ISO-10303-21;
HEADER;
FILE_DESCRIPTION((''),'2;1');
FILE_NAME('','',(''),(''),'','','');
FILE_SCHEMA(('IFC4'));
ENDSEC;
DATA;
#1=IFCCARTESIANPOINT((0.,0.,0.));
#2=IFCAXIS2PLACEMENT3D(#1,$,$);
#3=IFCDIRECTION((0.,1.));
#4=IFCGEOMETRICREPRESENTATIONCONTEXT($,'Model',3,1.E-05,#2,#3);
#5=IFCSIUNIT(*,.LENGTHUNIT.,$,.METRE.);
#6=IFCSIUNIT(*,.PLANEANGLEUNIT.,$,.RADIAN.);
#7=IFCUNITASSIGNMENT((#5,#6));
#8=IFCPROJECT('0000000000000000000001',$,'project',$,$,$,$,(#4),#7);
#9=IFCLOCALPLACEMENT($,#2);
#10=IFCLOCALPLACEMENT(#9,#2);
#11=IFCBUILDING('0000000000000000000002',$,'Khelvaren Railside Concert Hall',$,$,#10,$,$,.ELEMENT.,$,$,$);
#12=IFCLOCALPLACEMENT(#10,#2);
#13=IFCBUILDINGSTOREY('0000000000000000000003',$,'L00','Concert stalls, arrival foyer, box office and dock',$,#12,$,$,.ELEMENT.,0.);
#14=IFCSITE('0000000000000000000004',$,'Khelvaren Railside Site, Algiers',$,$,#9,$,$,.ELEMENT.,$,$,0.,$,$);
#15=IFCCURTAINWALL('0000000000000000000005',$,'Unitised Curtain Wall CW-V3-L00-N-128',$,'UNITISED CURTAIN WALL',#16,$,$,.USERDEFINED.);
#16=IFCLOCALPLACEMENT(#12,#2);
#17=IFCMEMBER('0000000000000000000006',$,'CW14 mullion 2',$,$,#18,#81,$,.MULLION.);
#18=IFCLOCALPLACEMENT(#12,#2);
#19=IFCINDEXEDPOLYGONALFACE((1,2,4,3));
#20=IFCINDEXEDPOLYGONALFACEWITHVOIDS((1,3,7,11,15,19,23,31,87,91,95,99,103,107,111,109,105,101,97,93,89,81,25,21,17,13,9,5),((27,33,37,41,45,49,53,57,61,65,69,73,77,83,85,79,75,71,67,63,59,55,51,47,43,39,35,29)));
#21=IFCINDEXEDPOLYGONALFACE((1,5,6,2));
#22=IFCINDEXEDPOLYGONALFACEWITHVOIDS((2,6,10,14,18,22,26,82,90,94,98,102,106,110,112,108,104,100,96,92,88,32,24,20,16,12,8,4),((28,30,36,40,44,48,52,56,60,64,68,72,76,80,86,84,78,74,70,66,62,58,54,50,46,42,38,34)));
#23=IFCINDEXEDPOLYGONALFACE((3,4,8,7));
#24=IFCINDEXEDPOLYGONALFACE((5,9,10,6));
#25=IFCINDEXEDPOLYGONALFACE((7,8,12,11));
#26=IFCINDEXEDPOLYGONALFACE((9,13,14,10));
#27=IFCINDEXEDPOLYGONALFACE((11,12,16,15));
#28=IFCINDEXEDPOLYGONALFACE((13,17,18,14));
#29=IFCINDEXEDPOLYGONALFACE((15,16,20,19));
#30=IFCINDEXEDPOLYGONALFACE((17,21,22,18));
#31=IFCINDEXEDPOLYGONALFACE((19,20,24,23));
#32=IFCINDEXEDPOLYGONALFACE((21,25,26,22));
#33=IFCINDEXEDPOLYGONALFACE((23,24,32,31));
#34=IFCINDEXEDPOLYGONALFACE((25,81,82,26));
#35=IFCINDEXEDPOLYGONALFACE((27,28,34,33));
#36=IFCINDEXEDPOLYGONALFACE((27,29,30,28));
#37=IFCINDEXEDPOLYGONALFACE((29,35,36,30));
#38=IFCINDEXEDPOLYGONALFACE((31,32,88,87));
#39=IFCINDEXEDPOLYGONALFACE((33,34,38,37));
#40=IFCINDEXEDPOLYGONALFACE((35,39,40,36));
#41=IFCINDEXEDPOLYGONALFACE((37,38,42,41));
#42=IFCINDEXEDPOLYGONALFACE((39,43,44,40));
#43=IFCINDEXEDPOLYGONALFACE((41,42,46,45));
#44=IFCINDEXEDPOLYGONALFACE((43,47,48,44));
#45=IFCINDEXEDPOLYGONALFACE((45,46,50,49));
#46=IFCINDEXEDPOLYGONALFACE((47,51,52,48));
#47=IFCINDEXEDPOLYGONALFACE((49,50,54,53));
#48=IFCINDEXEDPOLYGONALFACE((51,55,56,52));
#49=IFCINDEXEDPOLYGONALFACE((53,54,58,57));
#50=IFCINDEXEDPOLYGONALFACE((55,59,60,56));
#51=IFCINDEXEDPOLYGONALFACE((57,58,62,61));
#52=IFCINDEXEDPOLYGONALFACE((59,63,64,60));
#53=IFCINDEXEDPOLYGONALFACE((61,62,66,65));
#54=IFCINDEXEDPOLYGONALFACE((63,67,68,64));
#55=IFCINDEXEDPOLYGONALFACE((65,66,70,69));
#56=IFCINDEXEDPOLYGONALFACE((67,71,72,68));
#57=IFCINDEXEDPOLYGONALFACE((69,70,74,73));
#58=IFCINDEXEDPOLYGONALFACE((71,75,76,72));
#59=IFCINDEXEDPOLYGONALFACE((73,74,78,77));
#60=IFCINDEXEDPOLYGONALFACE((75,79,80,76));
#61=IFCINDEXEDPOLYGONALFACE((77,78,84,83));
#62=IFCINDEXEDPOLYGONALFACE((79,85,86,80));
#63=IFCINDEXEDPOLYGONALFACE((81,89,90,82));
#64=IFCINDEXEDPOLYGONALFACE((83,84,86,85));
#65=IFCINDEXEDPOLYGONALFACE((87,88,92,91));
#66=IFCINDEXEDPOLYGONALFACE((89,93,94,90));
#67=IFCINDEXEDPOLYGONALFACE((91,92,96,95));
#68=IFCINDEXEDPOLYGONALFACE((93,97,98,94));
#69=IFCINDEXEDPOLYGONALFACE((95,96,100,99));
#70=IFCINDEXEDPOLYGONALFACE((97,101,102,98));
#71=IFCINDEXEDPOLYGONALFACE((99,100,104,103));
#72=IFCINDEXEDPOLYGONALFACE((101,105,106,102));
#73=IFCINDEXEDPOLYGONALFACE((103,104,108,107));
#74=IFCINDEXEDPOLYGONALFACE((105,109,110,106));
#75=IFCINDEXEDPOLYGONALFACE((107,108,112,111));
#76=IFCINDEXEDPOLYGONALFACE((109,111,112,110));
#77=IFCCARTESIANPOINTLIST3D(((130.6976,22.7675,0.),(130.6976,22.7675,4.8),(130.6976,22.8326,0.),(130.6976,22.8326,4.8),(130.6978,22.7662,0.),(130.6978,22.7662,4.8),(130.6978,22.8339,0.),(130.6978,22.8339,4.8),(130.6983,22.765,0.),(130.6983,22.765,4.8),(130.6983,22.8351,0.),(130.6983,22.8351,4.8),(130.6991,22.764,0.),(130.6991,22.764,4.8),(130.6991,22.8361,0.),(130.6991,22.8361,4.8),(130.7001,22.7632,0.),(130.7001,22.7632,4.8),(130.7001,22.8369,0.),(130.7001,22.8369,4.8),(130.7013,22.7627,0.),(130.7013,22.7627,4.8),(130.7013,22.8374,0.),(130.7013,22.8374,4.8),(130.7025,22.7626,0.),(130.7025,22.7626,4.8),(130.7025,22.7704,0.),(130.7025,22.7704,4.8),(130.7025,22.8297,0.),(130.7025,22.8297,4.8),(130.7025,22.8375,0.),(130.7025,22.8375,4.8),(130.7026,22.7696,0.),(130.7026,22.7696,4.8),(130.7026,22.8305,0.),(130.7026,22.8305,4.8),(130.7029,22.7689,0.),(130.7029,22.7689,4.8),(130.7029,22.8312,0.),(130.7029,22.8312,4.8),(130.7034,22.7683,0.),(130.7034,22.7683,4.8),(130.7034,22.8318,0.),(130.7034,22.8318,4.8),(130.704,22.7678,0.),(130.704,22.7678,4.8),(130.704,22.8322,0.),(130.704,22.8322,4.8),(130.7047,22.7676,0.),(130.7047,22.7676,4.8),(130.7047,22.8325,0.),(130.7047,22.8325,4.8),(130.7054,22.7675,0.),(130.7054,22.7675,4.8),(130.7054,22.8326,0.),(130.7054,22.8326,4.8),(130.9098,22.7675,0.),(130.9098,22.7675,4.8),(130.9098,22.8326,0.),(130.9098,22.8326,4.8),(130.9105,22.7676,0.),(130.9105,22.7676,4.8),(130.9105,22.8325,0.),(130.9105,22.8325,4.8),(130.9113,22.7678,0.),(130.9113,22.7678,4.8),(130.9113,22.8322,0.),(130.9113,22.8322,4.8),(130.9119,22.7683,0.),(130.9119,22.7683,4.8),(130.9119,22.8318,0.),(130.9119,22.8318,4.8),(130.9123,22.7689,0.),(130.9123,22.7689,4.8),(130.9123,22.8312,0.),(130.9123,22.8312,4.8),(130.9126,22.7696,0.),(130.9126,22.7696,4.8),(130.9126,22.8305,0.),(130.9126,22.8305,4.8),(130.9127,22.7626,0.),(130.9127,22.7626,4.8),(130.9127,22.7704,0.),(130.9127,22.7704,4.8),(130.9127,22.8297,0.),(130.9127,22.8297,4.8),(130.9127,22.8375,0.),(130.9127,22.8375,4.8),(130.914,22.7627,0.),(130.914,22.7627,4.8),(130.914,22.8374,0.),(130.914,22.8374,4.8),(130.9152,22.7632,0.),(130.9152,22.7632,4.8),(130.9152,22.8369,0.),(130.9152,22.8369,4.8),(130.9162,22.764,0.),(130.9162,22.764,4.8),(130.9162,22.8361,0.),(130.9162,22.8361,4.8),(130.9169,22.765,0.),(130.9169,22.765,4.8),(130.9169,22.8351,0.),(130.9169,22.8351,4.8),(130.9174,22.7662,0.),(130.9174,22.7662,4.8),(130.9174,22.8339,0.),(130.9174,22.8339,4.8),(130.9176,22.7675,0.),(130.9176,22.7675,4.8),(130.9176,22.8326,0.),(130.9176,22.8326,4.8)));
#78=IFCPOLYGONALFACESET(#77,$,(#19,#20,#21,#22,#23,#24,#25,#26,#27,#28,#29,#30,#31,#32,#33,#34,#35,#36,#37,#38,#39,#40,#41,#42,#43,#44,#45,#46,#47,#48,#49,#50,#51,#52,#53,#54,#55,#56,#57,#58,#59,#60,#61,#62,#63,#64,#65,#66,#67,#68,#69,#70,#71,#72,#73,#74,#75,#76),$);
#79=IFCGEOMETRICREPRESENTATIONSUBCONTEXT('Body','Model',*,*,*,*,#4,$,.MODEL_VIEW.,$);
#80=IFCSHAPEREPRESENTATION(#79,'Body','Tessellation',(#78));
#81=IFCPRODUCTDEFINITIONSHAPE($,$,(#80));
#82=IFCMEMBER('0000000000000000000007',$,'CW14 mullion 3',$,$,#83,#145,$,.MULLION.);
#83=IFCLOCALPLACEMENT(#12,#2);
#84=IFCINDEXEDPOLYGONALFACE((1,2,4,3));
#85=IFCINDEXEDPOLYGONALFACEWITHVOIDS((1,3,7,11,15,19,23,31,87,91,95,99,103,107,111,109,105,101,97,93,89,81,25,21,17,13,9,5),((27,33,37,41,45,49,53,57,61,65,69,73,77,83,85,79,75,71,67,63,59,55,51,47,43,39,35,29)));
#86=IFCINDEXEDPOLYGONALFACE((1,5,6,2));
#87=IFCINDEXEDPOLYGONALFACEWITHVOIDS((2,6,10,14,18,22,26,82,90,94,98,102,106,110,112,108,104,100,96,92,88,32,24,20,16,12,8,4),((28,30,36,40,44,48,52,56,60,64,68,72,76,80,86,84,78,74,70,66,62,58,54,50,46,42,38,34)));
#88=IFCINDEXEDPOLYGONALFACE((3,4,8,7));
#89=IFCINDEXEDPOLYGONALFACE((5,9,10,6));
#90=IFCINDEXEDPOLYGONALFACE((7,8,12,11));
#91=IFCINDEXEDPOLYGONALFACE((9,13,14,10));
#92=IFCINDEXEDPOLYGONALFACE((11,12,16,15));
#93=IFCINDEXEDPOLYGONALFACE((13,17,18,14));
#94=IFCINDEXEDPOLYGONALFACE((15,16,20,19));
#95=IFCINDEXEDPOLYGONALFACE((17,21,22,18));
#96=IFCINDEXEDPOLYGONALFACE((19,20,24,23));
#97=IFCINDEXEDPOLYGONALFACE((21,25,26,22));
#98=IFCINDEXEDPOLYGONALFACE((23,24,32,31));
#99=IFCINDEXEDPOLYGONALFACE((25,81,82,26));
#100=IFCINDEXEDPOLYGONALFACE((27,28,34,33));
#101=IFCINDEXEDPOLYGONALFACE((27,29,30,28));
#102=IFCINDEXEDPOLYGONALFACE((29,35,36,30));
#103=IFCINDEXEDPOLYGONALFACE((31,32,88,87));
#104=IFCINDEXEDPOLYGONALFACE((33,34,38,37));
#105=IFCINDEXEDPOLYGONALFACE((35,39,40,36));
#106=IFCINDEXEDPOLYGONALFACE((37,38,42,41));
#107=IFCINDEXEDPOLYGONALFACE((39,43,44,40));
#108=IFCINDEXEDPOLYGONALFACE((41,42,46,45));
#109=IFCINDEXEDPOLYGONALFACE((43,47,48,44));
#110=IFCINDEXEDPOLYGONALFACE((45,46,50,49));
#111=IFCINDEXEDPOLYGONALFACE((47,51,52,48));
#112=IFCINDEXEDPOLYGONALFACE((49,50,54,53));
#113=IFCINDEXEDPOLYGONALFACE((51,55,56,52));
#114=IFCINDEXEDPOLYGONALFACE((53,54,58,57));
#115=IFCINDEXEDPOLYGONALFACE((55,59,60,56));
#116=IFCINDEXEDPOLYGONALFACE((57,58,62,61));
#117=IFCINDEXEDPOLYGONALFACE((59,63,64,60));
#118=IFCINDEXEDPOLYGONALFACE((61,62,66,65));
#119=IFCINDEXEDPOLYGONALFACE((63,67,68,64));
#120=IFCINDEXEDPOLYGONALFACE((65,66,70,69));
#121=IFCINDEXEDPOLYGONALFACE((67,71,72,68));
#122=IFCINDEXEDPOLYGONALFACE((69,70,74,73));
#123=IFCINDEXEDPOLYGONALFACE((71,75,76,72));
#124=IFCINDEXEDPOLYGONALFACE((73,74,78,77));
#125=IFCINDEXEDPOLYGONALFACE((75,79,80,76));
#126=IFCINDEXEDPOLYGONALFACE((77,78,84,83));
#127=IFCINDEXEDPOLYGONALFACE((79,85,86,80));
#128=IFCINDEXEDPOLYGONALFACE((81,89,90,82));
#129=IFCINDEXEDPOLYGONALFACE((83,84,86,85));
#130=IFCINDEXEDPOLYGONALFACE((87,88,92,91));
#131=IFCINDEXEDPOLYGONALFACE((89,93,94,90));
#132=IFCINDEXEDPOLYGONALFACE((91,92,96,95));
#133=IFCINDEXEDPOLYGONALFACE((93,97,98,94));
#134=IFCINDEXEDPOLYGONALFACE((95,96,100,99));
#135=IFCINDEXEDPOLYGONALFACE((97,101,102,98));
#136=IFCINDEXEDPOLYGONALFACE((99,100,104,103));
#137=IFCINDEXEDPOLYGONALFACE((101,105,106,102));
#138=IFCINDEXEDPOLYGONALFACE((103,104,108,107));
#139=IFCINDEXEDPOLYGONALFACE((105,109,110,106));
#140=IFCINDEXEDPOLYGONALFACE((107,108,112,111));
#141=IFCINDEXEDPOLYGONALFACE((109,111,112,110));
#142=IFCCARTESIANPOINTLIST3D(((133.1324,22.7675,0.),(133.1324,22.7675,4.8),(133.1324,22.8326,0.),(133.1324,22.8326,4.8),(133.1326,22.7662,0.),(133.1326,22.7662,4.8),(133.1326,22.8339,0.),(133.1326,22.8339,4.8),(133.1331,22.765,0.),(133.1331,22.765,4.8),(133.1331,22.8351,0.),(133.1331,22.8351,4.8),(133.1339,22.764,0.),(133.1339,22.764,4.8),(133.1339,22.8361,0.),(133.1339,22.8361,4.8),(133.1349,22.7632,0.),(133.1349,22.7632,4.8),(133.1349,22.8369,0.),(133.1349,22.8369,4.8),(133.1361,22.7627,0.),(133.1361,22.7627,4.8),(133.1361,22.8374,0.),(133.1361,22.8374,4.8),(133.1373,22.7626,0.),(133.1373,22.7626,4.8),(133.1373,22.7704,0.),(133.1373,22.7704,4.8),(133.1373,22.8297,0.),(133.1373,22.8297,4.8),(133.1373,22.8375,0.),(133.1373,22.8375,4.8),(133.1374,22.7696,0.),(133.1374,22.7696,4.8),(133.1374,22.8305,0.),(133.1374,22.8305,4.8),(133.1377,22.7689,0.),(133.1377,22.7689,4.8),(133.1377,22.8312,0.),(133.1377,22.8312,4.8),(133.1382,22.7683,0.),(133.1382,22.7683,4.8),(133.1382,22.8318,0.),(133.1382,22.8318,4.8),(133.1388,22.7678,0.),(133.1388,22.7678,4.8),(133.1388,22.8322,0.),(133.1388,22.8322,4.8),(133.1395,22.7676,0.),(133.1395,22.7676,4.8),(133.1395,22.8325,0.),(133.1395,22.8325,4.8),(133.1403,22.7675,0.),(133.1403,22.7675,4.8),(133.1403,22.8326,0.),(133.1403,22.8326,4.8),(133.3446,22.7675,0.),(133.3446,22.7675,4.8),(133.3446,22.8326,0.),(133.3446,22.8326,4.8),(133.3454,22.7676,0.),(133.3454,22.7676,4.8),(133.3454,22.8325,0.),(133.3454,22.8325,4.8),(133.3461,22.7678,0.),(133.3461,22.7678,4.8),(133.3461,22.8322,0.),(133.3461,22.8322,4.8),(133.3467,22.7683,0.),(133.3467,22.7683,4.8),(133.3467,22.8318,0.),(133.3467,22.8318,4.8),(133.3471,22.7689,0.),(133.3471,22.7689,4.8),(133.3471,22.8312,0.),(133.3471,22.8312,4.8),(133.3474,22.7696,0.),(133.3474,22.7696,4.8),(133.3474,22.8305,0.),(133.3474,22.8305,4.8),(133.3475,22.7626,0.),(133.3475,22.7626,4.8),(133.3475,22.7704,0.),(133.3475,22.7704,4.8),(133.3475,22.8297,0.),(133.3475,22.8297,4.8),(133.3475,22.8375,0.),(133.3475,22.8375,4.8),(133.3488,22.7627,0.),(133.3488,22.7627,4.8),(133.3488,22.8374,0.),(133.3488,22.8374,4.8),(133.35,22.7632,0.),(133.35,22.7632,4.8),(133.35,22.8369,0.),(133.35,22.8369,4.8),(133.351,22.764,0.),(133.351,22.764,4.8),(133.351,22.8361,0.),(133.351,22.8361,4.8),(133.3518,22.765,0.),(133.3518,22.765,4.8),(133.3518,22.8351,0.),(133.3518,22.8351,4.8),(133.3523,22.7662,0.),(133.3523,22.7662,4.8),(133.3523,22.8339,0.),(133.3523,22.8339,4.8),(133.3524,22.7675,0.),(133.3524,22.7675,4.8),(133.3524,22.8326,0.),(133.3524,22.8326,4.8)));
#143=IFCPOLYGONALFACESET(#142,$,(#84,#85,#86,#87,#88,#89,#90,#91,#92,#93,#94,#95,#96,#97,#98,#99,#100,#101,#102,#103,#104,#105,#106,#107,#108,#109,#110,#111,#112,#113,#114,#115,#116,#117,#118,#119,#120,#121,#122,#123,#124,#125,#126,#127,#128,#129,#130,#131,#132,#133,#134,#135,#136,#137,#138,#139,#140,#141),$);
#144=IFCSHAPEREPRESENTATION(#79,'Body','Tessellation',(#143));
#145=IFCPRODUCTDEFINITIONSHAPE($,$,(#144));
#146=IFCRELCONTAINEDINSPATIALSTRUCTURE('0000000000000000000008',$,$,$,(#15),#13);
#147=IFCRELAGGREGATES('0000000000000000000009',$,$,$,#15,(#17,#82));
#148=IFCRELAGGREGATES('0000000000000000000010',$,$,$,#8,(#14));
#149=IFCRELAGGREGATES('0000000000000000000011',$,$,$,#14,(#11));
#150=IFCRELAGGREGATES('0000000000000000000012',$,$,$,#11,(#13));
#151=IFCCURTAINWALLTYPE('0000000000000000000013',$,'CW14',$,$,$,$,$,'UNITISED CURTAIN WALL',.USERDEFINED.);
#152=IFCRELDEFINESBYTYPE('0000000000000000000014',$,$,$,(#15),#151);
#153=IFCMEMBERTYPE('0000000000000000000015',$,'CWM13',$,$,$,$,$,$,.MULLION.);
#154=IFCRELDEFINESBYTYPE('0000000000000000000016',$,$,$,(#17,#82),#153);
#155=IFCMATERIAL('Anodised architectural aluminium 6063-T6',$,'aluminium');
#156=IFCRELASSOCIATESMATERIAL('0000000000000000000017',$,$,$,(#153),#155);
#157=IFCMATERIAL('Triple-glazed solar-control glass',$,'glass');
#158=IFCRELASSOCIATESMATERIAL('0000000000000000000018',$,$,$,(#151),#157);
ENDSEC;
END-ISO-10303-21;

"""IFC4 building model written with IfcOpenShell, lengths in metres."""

from ifc_helpers import new_model, si_unit, direction, frame, origin, origin_2d, place, context, subcontext, project, spatial, hollow_rectangle, extrude, material, material_profile, profile_set, type_object, element, aggregate, save


model = new_model("IFC4")

# Units and contexts
model_context = context("Model", 3, precision=1e-05, world=origin(), true_north=direction((0.0, 1.0)))
body_context = subcontext(model_context, "Body", "Model", "MODEL_VIEW")
ifc_project = project(units=[si_unit("LENGTHUNIT", "METRE"), si_unit("PLANEANGLEUNIT", "RADIAN")], contexts=[model_context])

# Site, building, storey
site_placement = place(None, origin())
site = spatial("IfcSite", under=ifc_project, at=site_placement, Name="Khelvaren Railside Site, Algiers", CompositionType="ELEMENT", RefElevation=0.0)
building_placement = place(site_placement, origin())
building = spatial("IfcBuilding", under=site, at=building_placement, Name="Khelvaren Railside Concert Hall", CompositionType="ELEMENT")
storey_placement = place(building_placement, origin())
storey = spatial("IfcBuildingStorey", under=building, at=storey_placement, Name="L00", Description="Concert stalls, arrival foyer, box office and dock", CompositionType="ELEMENT", Elevation=0.0)

# Shared definitions
ifc_material_1 = material(Name="Triple-glazed solar-control glass", Category="glass")
ifc_material_2 = material(Name="Anodised architectural aluminium 6063-T6", Category="aluminium")
ifc_material_profile_1 = material_profile(ifc_material_2, hollow_rectangle(XDim=0.075, YDim=0.22, WallThickness=0.0049, InnerFilletRadius=0.0029, OuterFilletRadius=0.0049, at=origin_2d()), Name="CWM 75x220x5")
ifc_profile_set_1 = profile_set([ifc_material_profile_1], Name="Anodised architectural aluminium 6063-T6")
member_type_1 = type_object("IfcMemberType", Name="CWM13", PredefinedType="MULLION", material=ifc_profile_set_1)

# Curtain wall, members
curtain_wall_type_1 = type_object("IfcCurtainWallType", Name="CW14", ElementType="UNITISED CURTAIN WALL", PredefinedType="USERDEFINED", material=ifc_material_1)
curtain_wall_1_placement = place(storey_placement, origin())
curtain_wall_1 = element("IfcCurtainWall", 1, at=curtain_wall_1_placement, inside=storey, type_object=curtain_wall_type_1, Name="Unitised Curtain Wall CW-V3-L00-N-128", ObjectType="UNITISED CURTAIN WALL", PredefinedType="USERDEFINED")
member_1_placement = place(storey_placement, frame((130.8076, 22.8, 0.0), z_axis=(0.0, 0.0, 1.0), x_axis=(0.0, 1.0, 0.0)))
member_1 = element("IfcMember", 2, at=member_1_placement, type_object=member_type_1, Name="CW14 mullion 2", PredefinedType="MULLION", context=body_context, shape_type="SweptSolid", body=[
    extrude(hollow_rectangle(XDim=0.075, YDim=0.22, WallThickness=0.0049, InnerFilletRadius=0.0029, OuterFilletRadius=0.0049, at=origin_2d()), origin(), (0.0, 0.0, 1.0), 4.8),
])
member_2_placement = place(storey_placement, frame((133.2424, 22.8, 0.0), z_axis=(0.0, 0.0, 1.0), x_axis=(0.0, 1.0, 0.0)))
member_2 = element("IfcMember", 3, at=member_2_placement, type_object=member_type_1, Name="CW14 mullion 3", PredefinedType="MULLION", context=body_context, shape_type="SweptSolid", body=[
    extrude(hollow_rectangle(XDim=0.075, YDim=0.22, WallThickness=0.0049, InnerFilletRadius=0.0029, OuterFilletRadius=0.0049, at=origin_2d()), origin(), (0.0, 0.0, 1.0), 4.8),
])

aggregate(curtain_wall_1, [member_1, member_2])

save(model, "model.ifc")
